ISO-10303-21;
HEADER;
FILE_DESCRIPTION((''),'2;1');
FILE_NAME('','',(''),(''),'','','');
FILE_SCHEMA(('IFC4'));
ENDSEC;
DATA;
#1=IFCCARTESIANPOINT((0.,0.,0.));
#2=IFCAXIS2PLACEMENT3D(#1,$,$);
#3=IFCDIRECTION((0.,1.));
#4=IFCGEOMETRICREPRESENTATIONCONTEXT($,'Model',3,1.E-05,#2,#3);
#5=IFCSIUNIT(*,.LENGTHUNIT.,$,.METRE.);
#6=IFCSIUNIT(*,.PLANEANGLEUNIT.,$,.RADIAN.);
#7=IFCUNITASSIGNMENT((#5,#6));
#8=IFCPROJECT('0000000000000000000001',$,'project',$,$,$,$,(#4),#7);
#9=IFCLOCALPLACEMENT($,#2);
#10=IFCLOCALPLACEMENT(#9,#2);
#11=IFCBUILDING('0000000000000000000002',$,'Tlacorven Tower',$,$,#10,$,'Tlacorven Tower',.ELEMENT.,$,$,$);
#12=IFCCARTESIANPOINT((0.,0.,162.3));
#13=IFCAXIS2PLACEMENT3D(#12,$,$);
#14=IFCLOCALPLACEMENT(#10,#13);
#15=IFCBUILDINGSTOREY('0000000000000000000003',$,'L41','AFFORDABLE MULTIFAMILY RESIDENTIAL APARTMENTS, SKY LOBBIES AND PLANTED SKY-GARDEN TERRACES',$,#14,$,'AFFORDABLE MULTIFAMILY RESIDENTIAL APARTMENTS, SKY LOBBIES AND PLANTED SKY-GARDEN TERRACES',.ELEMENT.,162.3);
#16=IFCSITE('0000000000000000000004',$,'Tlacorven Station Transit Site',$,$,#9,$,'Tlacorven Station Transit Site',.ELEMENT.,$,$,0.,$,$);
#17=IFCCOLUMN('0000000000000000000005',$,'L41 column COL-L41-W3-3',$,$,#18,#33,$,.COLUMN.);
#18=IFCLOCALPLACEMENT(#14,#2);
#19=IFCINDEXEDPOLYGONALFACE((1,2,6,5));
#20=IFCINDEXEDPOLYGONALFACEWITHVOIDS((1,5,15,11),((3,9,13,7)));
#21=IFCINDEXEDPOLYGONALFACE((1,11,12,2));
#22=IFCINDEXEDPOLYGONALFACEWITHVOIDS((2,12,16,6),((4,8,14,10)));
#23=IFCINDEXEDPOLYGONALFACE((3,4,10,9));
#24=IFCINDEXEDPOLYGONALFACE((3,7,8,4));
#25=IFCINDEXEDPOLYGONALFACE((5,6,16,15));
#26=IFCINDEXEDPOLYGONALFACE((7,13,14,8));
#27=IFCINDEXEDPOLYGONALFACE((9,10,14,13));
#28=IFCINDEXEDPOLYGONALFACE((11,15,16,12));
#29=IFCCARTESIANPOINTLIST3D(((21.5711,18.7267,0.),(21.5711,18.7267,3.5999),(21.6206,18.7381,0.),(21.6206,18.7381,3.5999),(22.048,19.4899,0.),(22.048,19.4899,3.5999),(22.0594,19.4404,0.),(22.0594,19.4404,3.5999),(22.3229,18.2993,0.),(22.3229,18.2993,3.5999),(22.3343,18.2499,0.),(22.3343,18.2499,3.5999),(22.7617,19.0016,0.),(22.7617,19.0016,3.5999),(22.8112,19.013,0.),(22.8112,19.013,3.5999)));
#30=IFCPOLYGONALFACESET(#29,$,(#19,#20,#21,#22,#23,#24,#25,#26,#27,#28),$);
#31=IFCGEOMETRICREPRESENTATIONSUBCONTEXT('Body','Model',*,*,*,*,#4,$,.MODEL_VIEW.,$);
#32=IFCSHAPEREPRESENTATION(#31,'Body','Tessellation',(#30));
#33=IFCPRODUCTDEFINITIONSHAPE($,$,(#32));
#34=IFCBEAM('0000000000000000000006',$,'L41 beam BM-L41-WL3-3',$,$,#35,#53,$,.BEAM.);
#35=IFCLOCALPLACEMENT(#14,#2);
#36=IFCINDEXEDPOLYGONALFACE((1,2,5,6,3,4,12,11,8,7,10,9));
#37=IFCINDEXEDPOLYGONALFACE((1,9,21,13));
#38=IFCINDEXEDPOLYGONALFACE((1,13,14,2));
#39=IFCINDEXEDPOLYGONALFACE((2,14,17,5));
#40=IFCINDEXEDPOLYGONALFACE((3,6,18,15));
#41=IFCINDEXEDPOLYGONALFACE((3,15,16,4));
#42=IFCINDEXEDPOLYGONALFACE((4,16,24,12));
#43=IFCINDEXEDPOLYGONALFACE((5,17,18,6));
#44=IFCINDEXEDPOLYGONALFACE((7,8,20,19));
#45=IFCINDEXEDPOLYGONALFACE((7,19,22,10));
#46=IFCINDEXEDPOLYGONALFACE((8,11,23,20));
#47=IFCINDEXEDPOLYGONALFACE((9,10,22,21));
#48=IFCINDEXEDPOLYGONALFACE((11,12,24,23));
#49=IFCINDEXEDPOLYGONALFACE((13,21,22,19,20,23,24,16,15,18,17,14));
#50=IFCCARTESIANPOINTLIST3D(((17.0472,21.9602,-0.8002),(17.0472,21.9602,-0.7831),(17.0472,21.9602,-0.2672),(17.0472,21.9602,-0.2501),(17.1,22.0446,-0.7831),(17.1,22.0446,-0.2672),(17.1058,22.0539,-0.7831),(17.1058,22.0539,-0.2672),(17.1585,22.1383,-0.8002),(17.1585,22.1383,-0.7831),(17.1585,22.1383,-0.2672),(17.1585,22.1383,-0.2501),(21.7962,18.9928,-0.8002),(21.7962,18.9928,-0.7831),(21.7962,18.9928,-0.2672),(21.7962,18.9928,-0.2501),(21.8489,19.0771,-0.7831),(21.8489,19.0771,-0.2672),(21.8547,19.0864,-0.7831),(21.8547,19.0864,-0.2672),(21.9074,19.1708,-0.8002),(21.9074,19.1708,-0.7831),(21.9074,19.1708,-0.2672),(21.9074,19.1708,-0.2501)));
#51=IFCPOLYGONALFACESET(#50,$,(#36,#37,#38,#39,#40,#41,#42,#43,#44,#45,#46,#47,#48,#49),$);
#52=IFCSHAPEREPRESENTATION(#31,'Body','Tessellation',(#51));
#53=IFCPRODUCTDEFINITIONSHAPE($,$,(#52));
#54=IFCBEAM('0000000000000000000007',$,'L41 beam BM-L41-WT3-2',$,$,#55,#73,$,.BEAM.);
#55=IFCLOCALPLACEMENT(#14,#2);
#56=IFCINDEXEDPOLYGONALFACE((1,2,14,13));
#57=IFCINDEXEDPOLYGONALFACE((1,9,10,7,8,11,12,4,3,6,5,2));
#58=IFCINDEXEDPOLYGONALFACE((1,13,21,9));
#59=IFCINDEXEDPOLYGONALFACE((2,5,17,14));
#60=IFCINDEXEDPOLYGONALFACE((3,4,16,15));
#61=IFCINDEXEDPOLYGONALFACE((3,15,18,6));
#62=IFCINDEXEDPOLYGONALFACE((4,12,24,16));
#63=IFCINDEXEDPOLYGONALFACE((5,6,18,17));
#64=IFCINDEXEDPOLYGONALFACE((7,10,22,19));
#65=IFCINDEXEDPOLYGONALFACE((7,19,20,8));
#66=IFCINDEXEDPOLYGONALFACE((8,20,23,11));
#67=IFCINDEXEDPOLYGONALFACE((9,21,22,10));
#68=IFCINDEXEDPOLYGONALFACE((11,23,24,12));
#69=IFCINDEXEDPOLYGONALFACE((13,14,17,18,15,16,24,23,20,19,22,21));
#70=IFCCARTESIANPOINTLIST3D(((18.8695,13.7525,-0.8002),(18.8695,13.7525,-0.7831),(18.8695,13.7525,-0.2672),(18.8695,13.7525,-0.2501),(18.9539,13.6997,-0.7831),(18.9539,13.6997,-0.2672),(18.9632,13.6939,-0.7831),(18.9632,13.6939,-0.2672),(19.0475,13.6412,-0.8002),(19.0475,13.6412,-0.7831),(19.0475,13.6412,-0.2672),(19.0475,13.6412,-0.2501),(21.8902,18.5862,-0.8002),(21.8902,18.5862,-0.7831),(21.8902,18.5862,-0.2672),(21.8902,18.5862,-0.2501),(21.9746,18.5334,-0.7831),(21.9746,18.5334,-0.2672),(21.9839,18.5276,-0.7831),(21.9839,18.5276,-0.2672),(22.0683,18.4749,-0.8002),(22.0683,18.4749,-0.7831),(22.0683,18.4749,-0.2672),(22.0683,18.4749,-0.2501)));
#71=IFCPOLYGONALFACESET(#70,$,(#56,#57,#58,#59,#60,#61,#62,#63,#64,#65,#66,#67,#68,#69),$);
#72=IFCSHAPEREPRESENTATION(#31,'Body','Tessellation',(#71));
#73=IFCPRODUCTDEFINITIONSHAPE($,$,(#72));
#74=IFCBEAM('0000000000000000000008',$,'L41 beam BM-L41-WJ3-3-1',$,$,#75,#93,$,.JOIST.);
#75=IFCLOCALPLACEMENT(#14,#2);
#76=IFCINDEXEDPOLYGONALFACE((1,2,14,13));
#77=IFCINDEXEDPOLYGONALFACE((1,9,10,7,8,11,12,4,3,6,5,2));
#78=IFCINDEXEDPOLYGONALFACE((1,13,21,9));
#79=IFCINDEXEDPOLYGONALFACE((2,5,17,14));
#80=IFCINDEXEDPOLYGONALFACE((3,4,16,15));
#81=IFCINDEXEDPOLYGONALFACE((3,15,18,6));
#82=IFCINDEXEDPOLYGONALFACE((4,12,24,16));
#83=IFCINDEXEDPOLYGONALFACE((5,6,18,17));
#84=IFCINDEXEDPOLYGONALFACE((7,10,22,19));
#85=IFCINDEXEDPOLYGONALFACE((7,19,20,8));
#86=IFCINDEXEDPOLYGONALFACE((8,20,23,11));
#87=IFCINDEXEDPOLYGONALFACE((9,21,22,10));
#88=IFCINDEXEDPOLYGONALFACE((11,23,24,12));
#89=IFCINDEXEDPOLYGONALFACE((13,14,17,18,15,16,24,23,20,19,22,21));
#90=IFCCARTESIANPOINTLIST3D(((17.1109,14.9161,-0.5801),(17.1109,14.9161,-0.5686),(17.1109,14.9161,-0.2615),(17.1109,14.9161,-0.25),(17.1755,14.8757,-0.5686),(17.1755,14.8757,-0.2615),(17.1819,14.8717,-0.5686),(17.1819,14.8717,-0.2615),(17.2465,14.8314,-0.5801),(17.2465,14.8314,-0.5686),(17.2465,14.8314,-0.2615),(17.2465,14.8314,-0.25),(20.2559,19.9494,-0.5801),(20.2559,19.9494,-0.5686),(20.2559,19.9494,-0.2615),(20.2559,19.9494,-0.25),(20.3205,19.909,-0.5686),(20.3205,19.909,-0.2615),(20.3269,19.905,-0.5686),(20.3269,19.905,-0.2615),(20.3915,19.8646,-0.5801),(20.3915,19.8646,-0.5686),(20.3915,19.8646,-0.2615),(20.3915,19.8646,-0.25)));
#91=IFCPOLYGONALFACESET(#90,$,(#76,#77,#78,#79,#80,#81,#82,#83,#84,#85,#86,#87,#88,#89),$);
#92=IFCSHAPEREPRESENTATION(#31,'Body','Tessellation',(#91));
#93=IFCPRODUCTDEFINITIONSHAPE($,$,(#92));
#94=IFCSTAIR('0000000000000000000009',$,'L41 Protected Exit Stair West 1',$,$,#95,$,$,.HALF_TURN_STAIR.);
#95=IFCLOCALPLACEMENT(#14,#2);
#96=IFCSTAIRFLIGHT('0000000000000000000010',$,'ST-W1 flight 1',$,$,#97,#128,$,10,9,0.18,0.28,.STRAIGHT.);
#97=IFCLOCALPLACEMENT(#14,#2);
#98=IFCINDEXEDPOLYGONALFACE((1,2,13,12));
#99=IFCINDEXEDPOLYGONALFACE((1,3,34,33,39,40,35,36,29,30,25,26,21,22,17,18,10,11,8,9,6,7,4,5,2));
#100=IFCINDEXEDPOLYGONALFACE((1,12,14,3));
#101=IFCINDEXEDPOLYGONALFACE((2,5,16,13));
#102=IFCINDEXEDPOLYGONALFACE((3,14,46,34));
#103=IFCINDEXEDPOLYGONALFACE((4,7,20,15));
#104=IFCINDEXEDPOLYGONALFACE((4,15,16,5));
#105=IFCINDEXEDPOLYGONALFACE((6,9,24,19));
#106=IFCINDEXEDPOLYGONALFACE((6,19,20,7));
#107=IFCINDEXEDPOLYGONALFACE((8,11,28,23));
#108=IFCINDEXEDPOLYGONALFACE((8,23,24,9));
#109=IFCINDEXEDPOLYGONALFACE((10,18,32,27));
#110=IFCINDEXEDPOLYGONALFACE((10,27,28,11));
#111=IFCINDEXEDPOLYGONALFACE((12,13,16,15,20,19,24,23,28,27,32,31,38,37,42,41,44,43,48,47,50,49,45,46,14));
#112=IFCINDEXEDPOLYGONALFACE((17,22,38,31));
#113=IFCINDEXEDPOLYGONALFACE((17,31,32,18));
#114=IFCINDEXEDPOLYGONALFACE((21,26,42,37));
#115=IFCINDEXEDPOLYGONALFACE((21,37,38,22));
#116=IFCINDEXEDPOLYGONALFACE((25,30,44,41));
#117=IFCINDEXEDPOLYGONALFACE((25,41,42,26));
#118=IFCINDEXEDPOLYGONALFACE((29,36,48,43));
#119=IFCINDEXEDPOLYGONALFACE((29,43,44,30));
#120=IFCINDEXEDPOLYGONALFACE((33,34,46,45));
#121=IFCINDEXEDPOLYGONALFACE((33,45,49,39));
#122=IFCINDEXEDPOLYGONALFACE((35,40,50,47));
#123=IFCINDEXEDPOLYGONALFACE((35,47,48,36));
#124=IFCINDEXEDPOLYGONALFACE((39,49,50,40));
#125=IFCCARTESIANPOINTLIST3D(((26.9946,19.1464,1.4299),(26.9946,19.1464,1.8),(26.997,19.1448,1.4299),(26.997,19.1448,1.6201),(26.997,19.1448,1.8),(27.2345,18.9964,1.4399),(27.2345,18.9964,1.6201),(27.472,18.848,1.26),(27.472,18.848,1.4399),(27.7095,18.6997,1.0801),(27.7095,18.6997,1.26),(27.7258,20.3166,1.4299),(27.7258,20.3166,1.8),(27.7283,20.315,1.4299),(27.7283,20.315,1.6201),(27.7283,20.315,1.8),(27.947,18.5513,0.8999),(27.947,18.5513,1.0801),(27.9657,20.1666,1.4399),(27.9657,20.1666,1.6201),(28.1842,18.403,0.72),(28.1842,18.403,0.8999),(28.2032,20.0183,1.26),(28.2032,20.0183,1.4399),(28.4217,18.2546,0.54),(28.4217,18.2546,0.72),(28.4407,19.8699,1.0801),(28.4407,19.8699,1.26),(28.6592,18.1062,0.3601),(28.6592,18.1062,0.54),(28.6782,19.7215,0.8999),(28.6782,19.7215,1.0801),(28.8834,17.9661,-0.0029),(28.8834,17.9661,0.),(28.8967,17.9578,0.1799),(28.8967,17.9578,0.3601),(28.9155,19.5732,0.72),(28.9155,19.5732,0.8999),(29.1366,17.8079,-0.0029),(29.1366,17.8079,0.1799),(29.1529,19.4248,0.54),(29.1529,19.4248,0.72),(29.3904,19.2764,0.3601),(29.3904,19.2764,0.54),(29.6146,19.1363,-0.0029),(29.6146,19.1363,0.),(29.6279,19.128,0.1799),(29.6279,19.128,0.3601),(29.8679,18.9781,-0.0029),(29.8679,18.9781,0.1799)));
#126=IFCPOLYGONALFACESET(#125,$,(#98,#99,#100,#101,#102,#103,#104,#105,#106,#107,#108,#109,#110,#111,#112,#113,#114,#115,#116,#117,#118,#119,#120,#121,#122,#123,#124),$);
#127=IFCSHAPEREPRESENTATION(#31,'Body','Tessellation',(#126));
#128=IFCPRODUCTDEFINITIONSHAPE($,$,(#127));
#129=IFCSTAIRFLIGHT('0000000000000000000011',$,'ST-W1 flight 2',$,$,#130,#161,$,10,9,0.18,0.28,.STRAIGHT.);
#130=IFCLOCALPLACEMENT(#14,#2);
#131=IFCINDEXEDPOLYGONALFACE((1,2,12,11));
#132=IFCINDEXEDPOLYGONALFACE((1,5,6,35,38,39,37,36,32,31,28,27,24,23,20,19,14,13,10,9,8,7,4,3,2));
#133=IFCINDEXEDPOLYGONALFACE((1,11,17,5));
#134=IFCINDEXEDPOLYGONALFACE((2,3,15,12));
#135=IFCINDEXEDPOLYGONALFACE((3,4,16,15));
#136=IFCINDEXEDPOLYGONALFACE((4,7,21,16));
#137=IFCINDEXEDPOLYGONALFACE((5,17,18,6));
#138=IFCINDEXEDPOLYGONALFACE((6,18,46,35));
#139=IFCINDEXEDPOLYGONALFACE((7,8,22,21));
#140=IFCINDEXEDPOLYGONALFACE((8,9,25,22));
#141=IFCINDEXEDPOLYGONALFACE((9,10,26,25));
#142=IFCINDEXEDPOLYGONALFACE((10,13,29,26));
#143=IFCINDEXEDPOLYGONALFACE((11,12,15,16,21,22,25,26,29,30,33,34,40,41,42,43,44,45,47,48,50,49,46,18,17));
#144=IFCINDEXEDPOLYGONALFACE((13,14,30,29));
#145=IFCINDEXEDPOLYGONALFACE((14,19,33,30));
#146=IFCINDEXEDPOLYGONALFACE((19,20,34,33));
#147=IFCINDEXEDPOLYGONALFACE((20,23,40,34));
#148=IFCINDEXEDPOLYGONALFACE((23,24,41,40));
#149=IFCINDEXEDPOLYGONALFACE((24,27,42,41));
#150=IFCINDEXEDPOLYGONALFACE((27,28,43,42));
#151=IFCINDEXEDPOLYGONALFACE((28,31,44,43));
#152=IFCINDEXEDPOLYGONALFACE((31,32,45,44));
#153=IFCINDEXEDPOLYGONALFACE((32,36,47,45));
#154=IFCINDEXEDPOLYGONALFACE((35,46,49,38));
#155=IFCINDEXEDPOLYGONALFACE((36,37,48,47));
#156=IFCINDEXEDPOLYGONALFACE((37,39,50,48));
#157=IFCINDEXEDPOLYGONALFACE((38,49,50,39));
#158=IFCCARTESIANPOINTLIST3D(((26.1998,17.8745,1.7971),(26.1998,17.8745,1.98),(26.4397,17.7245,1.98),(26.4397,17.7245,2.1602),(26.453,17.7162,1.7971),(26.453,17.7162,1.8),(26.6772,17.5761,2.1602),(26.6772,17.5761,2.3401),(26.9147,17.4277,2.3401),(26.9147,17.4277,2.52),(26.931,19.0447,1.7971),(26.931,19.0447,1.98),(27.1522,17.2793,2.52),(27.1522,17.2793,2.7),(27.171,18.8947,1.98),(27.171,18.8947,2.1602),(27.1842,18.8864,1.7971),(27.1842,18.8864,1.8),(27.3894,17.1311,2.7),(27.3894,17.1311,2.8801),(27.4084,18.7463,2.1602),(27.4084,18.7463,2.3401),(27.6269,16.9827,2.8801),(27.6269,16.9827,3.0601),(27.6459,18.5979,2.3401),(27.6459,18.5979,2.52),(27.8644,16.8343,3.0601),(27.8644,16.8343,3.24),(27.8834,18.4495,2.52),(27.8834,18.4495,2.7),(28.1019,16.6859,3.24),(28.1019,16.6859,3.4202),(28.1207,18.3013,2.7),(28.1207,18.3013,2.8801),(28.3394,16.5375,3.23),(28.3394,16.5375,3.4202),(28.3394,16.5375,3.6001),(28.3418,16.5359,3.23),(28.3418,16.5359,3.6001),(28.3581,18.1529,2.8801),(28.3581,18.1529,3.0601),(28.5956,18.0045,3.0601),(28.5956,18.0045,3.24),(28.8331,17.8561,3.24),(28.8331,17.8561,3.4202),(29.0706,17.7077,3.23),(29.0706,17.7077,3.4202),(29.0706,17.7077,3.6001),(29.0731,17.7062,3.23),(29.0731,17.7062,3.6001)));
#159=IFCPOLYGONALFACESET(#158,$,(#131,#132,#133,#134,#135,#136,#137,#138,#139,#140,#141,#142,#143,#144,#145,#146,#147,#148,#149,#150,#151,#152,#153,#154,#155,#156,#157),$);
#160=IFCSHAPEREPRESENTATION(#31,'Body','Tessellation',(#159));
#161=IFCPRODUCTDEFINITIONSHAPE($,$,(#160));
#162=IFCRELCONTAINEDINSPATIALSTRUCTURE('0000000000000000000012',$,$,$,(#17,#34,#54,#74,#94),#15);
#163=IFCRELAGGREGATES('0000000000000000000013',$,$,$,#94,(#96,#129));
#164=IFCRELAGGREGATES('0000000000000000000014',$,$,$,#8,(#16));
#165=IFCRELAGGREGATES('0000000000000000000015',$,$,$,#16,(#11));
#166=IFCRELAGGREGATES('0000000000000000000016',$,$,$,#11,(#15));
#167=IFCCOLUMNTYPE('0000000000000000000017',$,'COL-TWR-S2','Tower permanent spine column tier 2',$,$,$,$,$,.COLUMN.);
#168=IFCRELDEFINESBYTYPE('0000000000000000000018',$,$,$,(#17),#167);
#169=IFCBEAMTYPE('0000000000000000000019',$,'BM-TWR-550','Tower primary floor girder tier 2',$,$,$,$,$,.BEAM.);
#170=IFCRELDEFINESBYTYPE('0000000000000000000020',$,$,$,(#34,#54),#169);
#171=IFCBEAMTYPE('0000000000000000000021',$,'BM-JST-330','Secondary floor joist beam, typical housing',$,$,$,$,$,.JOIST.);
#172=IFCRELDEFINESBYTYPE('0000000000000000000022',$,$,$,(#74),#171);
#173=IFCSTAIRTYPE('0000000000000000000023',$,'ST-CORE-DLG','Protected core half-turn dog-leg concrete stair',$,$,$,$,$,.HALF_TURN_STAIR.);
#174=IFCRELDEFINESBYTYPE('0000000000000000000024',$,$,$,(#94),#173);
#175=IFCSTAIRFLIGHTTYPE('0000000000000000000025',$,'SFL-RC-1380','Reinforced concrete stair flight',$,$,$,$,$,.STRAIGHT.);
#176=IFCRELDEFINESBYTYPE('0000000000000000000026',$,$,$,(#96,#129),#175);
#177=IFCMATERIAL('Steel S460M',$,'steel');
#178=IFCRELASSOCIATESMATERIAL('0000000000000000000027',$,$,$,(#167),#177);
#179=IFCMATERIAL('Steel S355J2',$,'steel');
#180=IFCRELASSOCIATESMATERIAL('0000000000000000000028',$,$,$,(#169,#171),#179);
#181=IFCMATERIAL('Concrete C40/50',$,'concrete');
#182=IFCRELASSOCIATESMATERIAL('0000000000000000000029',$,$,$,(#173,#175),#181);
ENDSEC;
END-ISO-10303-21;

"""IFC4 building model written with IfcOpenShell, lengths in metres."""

from ifc_helpers import new_model, si_unit, direction, frame, origin, origin_2d, place, context, subcontext, project, spatial, polyline, hollow_rectangle, i_section, outline, extrude, source, transform, mapped, material, material_profile, profile_set, type_object, element, aggregate, save


model = new_model("IFC4")

# Units and contexts
model_context = context("Model", 3, precision=1e-05, world=origin(), true_north=direction((0.0, 1.0)))
body_context = subcontext(model_context, "Body", "Model", "MODEL_VIEW")
ifc_project = project(units=[si_unit("LENGTHUNIT", "METRE"), si_unit("PLANEANGLEUNIT", "RADIAN")], contexts=[model_context])

# Site, building, storey
site_placement = place(None, origin())
site = spatial("IfcSite", under=ifc_project, at=site_placement, Name="Tlacorven Station Transit Site", LongName="Tlacorven Station Transit Site", CompositionType="ELEMENT", RefElevation=0.0)
building_placement = place(site_placement, origin())
building = spatial("IfcBuilding", under=site, at=building_placement, Name="Tlacorven Tower", LongName="Tlacorven Tower", CompositionType="ELEMENT")
storey_placement = place(building_placement, frame((0.0, 0.0, 162.3)))
storey = spatial("IfcBuildingStorey", under=building, at=storey_placement, Name="L41", Description="AFFORDABLE MULTIFAMILY RESIDENTIAL APARTMENTS, SKY LOBBIES AND PLANTED SKY-GARDEN TERRACES", LongName="AFFORDABLE MULTIFAMILY RESIDENTIAL APARTMENTS, SKY LOBBIES AND PLANTED SKY-GARDEN TERRACES", CompositionType="ELEMENT", Elevation=162.3)

# Column
ifc_material_1 = material(Name="Steel S460M", Category="steel")
ifc_material_profile_1 = material_profile(ifc_material_1, hollow_rectangle(XDim=0.8999, YDim=0.8999, WallThickness=0.0359, at=origin_2d()), Name="BOX 900X900X36")
ifc_profile_set_1 = profile_set([ifc_material_profile_1], Name="Steel S460M")
column_type = type_object("IfcColumnType", Name="COL-TWR-S2", Description="Tower permanent spine column tier 2", PredefinedType="COLUMN", material=ifc_profile_set_1)
shared_shape_1 = source(origin(), body_context, "Body", "SweptSolid", [
    extrude(hollow_rectangle(XDim=0.8999, YDim=0.8999, WallThickness=0.0359, at=origin_2d()), origin(), (0.0, 0.0, 1.0), 3.5999),
])
column_placement = place(storey_placement, frame((22.1912, 18.8699, 0.0), z_axis=(0.0, 0.0, 1.0), x_axis=(-0.848048, 0.529919, 0.0)))
element("IfcColumn", 1, at=column_placement, inside=storey, type_object=column_type, Name="L41 column COL-L41-W3-3", PredefinedType="COLUMN", context=body_context, shape_type="MappedRepresentation", body=[
    mapped(shared_shape_1, transform((0.0, 0.0, 0.0), scale=1.0)),
])

# Beams
ifc_material_2 = material(Name="Steel S355J2", Category="steel")
ifc_material_profile_2 = material_profile(ifc_material_2, i_section(OverallWidth=0.21, OverallDepth=0.55, WebThickness=0.011, FlangeThickness=0.0171, at=origin_2d()), Name="IPE 550")
ifc_profile_set_2 = profile_set([ifc_material_profile_2], Name="Steel S355J2")
beam_type_1 = type_object("IfcBeamType", Name="BM-TWR-550", Description="Tower primary floor girder tier 2", PredefinedType="BEAM", material=ifc_profile_set_2)
shared_shape_2 = source(origin(), body_context, "Body", "SweptSolid", [
    extrude(i_section(OverallWidth=0.21, OverallDepth=0.55, WebThickness=0.011, FlangeThickness=0.0171, at=origin_2d()), origin(), (0.0, 0.0, 1.0), 5.5999),
])
beam_1_placement = place(storey_placement, frame((21.8518, 19.0818, -0.5251), z_axis=(-0.848047, 0.529921, 0.0), x_axis=(-0.529921, -0.848047, 0.0)))
element("IfcBeam", 2, at=beam_1_placement, inside=storey, type_object=beam_type_1, Name="L41 beam BM-L41-WL3-3", PredefinedType="BEAM", context=body_context, shape_type="MappedRepresentation", body=[
    mapped(shared_shape_2, transform((0.0, 0.0, 0.0), scale=1.0)),
])
shared_shape_3 = source(origin(), body_context, "Body", "SweptSolid", [
    extrude(i_section(OverallWidth=0.21, OverallDepth=0.55, WebThickness=0.011, FlangeThickness=0.0171, at=origin_2d()), origin(), (0.0, 0.0, 1.0), 5.7),
])
beam_2_placement = place(storey_placement, frame((21.9792, 18.5305, -0.5251), z_axis=(-0.529957, -0.848025, 0.0), x_axis=(0.848025, -0.529957, 0.0)))
element("IfcBeam", 3, at=beam_2_placement, inside=storey, type_object=beam_type_1, Name="L41 beam BM-L41-WT3-2", PredefinedType="BEAM", context=body_context, shape_type="MappedRepresentation", body=[
    mapped(shared_shape_3, transform((0.0, 0.0, 0.0), scale=1.0)),
])
ifc_material_profile_3 = material_profile(ifc_material_2, i_section(OverallWidth=0.1599, OverallDepth=0.3301, WebThickness=0.0076, FlangeThickness=0.0115, at=origin_2d()), Name="IPE 330")
ifc_profile_set_3 = profile_set([ifc_material_profile_3], Name="Steel S355J2")
beam_type_2 = type_object("IfcBeamType", Name="BM-JST-330", Description="Secondary floor joist beam, typical housing", PredefinedType="JOIST", material=ifc_profile_set_3)
shared_shape_4 = source(origin(), body_context, "Body", "SweptSolid", [
    extrude(i_section(OverallWidth=0.1599, OverallDepth=0.3301, WebThickness=0.0076, FlangeThickness=0.0115, at=origin_2d()), origin(), (0.0, 0.0, 1.0), 5.9351),
])
beam_3_placement = place(storey_placement, frame((20.3237, 19.907, -0.415), z_axis=(-0.52991, -0.848054, 0.0), x_axis=(0.848054, -0.52991, 0.0)))
element("IfcBeam", 4, at=beam_3_placement, inside=storey, type_object=beam_type_2, Name="L41 beam BM-L41-WJ3-3-1", PredefinedType="JOIST", context=body_context, shape_type="MappedRepresentation", body=[
    mapped(shared_shape_4, transform((0.0, 0.0, 0.0), scale=1.0)),
])

# Stair, stair flights
ifc_material_3 = material(Name="Concrete C40/50", Category="concrete")
stair_type = type_object("IfcStairType", Name="ST-CORE-DLG", Description="Protected core half-turn dog-leg concrete stair", PredefinedType="HALF_TURN_STAIR", material=ifc_material_3)
stair_placement = place(storey_placement, origin())
stair = element("IfcStair", 5, at=stair_placement, inside=storey, type_object=stair_type, Name="L41 Protected Exit Stair West 1", PredefinedType="HALF_TURN_STAIR")
stair_flight_type = type_object("IfcStairFlightType", Name="SFL-RC-1380", Description="Reinforced concrete stair flight", PredefinedType="STRAIGHT", material=ifc_material_3)
shared_shape_5 = source(origin(), body_context, "Body", "SweptSolid", [
    extrude(outline(polyline([(-0.0029, -0.0029), (-0.0029, 0.1799), (0.28, 0.1799), (0.28, 0.3601), (0.5601, 0.3601), (0.5601, 0.54), (0.8401, 0.54), (0.8401, 0.72), (1.1201, 0.72), (1.1201, 0.8999), (1.3999, 0.8999), (1.3999, 1.0801), (1.6799, 1.0801), (1.6799, 1.26), (1.96, 1.26), (1.96, 1.4399), (2.24, 1.4399), (2.24, 1.6201), (2.52, 1.6201), (2.52, 1.8), (2.5229, 1.8), (2.5229, 1.4299), (2.52, 1.4299), (0.2957, 0.0), (0.2957, -0.0029), (-0.0029, -0.0029)])), frame((0.0, 0.6899, 0.0), z_axis=(0.0, -1.0, 0.0), x_axis=(1.0, 0.0, 0.0)), (0.0, 0.0, 1.0), 1.3799),
])
stair_flight_1_placement = place(storey_placement, frame((29.4998, 18.3945, 0.0), z_axis=(0.0, 0.0, 1.0), x_axis=(-0.848048, 0.529919, 0.0)))
stair_flight_1 = element("IfcStairFlight", 6, at=stair_flight_1_placement, type_object=stair_flight_type, Name="ST-W1 flight 1", NumberOfRisers=10, NumberOfTreads=9, PredefinedType="STRAIGHT", RiserHeight=0.18, TreadLength=0.28, context=body_context, shape_type="MappedRepresentation", body=[
    mapped(shared_shape_5, transform((0.0, 0.0, 0.0), scale=1.0)),
])
stair_flight_2_placement = place(storey_placement, frame((26.5679, 18.458, 1.8), z_axis=(0.0, 0.0, 1.0), x_axis=(0.848048, -0.529919, 0.0)))
stair_flight_2 = element("IfcStairFlight", 7, at=stair_flight_2_placement, type_object=stair_flight_type, Name="ST-W1 flight 2", NumberOfRisers=10, NumberOfTreads=9, PredefinedType="STRAIGHT", RiserHeight=0.18, TreadLength=0.28, context=body_context, shape_type="MappedRepresentation", body=[
    mapped(shared_shape_5, transform((0.0, 0.0, 0.0), scale=1.0)),
])
aggregate(stair, [stair_flight_1, stair_flight_2])

save(model, "model.ifc")
